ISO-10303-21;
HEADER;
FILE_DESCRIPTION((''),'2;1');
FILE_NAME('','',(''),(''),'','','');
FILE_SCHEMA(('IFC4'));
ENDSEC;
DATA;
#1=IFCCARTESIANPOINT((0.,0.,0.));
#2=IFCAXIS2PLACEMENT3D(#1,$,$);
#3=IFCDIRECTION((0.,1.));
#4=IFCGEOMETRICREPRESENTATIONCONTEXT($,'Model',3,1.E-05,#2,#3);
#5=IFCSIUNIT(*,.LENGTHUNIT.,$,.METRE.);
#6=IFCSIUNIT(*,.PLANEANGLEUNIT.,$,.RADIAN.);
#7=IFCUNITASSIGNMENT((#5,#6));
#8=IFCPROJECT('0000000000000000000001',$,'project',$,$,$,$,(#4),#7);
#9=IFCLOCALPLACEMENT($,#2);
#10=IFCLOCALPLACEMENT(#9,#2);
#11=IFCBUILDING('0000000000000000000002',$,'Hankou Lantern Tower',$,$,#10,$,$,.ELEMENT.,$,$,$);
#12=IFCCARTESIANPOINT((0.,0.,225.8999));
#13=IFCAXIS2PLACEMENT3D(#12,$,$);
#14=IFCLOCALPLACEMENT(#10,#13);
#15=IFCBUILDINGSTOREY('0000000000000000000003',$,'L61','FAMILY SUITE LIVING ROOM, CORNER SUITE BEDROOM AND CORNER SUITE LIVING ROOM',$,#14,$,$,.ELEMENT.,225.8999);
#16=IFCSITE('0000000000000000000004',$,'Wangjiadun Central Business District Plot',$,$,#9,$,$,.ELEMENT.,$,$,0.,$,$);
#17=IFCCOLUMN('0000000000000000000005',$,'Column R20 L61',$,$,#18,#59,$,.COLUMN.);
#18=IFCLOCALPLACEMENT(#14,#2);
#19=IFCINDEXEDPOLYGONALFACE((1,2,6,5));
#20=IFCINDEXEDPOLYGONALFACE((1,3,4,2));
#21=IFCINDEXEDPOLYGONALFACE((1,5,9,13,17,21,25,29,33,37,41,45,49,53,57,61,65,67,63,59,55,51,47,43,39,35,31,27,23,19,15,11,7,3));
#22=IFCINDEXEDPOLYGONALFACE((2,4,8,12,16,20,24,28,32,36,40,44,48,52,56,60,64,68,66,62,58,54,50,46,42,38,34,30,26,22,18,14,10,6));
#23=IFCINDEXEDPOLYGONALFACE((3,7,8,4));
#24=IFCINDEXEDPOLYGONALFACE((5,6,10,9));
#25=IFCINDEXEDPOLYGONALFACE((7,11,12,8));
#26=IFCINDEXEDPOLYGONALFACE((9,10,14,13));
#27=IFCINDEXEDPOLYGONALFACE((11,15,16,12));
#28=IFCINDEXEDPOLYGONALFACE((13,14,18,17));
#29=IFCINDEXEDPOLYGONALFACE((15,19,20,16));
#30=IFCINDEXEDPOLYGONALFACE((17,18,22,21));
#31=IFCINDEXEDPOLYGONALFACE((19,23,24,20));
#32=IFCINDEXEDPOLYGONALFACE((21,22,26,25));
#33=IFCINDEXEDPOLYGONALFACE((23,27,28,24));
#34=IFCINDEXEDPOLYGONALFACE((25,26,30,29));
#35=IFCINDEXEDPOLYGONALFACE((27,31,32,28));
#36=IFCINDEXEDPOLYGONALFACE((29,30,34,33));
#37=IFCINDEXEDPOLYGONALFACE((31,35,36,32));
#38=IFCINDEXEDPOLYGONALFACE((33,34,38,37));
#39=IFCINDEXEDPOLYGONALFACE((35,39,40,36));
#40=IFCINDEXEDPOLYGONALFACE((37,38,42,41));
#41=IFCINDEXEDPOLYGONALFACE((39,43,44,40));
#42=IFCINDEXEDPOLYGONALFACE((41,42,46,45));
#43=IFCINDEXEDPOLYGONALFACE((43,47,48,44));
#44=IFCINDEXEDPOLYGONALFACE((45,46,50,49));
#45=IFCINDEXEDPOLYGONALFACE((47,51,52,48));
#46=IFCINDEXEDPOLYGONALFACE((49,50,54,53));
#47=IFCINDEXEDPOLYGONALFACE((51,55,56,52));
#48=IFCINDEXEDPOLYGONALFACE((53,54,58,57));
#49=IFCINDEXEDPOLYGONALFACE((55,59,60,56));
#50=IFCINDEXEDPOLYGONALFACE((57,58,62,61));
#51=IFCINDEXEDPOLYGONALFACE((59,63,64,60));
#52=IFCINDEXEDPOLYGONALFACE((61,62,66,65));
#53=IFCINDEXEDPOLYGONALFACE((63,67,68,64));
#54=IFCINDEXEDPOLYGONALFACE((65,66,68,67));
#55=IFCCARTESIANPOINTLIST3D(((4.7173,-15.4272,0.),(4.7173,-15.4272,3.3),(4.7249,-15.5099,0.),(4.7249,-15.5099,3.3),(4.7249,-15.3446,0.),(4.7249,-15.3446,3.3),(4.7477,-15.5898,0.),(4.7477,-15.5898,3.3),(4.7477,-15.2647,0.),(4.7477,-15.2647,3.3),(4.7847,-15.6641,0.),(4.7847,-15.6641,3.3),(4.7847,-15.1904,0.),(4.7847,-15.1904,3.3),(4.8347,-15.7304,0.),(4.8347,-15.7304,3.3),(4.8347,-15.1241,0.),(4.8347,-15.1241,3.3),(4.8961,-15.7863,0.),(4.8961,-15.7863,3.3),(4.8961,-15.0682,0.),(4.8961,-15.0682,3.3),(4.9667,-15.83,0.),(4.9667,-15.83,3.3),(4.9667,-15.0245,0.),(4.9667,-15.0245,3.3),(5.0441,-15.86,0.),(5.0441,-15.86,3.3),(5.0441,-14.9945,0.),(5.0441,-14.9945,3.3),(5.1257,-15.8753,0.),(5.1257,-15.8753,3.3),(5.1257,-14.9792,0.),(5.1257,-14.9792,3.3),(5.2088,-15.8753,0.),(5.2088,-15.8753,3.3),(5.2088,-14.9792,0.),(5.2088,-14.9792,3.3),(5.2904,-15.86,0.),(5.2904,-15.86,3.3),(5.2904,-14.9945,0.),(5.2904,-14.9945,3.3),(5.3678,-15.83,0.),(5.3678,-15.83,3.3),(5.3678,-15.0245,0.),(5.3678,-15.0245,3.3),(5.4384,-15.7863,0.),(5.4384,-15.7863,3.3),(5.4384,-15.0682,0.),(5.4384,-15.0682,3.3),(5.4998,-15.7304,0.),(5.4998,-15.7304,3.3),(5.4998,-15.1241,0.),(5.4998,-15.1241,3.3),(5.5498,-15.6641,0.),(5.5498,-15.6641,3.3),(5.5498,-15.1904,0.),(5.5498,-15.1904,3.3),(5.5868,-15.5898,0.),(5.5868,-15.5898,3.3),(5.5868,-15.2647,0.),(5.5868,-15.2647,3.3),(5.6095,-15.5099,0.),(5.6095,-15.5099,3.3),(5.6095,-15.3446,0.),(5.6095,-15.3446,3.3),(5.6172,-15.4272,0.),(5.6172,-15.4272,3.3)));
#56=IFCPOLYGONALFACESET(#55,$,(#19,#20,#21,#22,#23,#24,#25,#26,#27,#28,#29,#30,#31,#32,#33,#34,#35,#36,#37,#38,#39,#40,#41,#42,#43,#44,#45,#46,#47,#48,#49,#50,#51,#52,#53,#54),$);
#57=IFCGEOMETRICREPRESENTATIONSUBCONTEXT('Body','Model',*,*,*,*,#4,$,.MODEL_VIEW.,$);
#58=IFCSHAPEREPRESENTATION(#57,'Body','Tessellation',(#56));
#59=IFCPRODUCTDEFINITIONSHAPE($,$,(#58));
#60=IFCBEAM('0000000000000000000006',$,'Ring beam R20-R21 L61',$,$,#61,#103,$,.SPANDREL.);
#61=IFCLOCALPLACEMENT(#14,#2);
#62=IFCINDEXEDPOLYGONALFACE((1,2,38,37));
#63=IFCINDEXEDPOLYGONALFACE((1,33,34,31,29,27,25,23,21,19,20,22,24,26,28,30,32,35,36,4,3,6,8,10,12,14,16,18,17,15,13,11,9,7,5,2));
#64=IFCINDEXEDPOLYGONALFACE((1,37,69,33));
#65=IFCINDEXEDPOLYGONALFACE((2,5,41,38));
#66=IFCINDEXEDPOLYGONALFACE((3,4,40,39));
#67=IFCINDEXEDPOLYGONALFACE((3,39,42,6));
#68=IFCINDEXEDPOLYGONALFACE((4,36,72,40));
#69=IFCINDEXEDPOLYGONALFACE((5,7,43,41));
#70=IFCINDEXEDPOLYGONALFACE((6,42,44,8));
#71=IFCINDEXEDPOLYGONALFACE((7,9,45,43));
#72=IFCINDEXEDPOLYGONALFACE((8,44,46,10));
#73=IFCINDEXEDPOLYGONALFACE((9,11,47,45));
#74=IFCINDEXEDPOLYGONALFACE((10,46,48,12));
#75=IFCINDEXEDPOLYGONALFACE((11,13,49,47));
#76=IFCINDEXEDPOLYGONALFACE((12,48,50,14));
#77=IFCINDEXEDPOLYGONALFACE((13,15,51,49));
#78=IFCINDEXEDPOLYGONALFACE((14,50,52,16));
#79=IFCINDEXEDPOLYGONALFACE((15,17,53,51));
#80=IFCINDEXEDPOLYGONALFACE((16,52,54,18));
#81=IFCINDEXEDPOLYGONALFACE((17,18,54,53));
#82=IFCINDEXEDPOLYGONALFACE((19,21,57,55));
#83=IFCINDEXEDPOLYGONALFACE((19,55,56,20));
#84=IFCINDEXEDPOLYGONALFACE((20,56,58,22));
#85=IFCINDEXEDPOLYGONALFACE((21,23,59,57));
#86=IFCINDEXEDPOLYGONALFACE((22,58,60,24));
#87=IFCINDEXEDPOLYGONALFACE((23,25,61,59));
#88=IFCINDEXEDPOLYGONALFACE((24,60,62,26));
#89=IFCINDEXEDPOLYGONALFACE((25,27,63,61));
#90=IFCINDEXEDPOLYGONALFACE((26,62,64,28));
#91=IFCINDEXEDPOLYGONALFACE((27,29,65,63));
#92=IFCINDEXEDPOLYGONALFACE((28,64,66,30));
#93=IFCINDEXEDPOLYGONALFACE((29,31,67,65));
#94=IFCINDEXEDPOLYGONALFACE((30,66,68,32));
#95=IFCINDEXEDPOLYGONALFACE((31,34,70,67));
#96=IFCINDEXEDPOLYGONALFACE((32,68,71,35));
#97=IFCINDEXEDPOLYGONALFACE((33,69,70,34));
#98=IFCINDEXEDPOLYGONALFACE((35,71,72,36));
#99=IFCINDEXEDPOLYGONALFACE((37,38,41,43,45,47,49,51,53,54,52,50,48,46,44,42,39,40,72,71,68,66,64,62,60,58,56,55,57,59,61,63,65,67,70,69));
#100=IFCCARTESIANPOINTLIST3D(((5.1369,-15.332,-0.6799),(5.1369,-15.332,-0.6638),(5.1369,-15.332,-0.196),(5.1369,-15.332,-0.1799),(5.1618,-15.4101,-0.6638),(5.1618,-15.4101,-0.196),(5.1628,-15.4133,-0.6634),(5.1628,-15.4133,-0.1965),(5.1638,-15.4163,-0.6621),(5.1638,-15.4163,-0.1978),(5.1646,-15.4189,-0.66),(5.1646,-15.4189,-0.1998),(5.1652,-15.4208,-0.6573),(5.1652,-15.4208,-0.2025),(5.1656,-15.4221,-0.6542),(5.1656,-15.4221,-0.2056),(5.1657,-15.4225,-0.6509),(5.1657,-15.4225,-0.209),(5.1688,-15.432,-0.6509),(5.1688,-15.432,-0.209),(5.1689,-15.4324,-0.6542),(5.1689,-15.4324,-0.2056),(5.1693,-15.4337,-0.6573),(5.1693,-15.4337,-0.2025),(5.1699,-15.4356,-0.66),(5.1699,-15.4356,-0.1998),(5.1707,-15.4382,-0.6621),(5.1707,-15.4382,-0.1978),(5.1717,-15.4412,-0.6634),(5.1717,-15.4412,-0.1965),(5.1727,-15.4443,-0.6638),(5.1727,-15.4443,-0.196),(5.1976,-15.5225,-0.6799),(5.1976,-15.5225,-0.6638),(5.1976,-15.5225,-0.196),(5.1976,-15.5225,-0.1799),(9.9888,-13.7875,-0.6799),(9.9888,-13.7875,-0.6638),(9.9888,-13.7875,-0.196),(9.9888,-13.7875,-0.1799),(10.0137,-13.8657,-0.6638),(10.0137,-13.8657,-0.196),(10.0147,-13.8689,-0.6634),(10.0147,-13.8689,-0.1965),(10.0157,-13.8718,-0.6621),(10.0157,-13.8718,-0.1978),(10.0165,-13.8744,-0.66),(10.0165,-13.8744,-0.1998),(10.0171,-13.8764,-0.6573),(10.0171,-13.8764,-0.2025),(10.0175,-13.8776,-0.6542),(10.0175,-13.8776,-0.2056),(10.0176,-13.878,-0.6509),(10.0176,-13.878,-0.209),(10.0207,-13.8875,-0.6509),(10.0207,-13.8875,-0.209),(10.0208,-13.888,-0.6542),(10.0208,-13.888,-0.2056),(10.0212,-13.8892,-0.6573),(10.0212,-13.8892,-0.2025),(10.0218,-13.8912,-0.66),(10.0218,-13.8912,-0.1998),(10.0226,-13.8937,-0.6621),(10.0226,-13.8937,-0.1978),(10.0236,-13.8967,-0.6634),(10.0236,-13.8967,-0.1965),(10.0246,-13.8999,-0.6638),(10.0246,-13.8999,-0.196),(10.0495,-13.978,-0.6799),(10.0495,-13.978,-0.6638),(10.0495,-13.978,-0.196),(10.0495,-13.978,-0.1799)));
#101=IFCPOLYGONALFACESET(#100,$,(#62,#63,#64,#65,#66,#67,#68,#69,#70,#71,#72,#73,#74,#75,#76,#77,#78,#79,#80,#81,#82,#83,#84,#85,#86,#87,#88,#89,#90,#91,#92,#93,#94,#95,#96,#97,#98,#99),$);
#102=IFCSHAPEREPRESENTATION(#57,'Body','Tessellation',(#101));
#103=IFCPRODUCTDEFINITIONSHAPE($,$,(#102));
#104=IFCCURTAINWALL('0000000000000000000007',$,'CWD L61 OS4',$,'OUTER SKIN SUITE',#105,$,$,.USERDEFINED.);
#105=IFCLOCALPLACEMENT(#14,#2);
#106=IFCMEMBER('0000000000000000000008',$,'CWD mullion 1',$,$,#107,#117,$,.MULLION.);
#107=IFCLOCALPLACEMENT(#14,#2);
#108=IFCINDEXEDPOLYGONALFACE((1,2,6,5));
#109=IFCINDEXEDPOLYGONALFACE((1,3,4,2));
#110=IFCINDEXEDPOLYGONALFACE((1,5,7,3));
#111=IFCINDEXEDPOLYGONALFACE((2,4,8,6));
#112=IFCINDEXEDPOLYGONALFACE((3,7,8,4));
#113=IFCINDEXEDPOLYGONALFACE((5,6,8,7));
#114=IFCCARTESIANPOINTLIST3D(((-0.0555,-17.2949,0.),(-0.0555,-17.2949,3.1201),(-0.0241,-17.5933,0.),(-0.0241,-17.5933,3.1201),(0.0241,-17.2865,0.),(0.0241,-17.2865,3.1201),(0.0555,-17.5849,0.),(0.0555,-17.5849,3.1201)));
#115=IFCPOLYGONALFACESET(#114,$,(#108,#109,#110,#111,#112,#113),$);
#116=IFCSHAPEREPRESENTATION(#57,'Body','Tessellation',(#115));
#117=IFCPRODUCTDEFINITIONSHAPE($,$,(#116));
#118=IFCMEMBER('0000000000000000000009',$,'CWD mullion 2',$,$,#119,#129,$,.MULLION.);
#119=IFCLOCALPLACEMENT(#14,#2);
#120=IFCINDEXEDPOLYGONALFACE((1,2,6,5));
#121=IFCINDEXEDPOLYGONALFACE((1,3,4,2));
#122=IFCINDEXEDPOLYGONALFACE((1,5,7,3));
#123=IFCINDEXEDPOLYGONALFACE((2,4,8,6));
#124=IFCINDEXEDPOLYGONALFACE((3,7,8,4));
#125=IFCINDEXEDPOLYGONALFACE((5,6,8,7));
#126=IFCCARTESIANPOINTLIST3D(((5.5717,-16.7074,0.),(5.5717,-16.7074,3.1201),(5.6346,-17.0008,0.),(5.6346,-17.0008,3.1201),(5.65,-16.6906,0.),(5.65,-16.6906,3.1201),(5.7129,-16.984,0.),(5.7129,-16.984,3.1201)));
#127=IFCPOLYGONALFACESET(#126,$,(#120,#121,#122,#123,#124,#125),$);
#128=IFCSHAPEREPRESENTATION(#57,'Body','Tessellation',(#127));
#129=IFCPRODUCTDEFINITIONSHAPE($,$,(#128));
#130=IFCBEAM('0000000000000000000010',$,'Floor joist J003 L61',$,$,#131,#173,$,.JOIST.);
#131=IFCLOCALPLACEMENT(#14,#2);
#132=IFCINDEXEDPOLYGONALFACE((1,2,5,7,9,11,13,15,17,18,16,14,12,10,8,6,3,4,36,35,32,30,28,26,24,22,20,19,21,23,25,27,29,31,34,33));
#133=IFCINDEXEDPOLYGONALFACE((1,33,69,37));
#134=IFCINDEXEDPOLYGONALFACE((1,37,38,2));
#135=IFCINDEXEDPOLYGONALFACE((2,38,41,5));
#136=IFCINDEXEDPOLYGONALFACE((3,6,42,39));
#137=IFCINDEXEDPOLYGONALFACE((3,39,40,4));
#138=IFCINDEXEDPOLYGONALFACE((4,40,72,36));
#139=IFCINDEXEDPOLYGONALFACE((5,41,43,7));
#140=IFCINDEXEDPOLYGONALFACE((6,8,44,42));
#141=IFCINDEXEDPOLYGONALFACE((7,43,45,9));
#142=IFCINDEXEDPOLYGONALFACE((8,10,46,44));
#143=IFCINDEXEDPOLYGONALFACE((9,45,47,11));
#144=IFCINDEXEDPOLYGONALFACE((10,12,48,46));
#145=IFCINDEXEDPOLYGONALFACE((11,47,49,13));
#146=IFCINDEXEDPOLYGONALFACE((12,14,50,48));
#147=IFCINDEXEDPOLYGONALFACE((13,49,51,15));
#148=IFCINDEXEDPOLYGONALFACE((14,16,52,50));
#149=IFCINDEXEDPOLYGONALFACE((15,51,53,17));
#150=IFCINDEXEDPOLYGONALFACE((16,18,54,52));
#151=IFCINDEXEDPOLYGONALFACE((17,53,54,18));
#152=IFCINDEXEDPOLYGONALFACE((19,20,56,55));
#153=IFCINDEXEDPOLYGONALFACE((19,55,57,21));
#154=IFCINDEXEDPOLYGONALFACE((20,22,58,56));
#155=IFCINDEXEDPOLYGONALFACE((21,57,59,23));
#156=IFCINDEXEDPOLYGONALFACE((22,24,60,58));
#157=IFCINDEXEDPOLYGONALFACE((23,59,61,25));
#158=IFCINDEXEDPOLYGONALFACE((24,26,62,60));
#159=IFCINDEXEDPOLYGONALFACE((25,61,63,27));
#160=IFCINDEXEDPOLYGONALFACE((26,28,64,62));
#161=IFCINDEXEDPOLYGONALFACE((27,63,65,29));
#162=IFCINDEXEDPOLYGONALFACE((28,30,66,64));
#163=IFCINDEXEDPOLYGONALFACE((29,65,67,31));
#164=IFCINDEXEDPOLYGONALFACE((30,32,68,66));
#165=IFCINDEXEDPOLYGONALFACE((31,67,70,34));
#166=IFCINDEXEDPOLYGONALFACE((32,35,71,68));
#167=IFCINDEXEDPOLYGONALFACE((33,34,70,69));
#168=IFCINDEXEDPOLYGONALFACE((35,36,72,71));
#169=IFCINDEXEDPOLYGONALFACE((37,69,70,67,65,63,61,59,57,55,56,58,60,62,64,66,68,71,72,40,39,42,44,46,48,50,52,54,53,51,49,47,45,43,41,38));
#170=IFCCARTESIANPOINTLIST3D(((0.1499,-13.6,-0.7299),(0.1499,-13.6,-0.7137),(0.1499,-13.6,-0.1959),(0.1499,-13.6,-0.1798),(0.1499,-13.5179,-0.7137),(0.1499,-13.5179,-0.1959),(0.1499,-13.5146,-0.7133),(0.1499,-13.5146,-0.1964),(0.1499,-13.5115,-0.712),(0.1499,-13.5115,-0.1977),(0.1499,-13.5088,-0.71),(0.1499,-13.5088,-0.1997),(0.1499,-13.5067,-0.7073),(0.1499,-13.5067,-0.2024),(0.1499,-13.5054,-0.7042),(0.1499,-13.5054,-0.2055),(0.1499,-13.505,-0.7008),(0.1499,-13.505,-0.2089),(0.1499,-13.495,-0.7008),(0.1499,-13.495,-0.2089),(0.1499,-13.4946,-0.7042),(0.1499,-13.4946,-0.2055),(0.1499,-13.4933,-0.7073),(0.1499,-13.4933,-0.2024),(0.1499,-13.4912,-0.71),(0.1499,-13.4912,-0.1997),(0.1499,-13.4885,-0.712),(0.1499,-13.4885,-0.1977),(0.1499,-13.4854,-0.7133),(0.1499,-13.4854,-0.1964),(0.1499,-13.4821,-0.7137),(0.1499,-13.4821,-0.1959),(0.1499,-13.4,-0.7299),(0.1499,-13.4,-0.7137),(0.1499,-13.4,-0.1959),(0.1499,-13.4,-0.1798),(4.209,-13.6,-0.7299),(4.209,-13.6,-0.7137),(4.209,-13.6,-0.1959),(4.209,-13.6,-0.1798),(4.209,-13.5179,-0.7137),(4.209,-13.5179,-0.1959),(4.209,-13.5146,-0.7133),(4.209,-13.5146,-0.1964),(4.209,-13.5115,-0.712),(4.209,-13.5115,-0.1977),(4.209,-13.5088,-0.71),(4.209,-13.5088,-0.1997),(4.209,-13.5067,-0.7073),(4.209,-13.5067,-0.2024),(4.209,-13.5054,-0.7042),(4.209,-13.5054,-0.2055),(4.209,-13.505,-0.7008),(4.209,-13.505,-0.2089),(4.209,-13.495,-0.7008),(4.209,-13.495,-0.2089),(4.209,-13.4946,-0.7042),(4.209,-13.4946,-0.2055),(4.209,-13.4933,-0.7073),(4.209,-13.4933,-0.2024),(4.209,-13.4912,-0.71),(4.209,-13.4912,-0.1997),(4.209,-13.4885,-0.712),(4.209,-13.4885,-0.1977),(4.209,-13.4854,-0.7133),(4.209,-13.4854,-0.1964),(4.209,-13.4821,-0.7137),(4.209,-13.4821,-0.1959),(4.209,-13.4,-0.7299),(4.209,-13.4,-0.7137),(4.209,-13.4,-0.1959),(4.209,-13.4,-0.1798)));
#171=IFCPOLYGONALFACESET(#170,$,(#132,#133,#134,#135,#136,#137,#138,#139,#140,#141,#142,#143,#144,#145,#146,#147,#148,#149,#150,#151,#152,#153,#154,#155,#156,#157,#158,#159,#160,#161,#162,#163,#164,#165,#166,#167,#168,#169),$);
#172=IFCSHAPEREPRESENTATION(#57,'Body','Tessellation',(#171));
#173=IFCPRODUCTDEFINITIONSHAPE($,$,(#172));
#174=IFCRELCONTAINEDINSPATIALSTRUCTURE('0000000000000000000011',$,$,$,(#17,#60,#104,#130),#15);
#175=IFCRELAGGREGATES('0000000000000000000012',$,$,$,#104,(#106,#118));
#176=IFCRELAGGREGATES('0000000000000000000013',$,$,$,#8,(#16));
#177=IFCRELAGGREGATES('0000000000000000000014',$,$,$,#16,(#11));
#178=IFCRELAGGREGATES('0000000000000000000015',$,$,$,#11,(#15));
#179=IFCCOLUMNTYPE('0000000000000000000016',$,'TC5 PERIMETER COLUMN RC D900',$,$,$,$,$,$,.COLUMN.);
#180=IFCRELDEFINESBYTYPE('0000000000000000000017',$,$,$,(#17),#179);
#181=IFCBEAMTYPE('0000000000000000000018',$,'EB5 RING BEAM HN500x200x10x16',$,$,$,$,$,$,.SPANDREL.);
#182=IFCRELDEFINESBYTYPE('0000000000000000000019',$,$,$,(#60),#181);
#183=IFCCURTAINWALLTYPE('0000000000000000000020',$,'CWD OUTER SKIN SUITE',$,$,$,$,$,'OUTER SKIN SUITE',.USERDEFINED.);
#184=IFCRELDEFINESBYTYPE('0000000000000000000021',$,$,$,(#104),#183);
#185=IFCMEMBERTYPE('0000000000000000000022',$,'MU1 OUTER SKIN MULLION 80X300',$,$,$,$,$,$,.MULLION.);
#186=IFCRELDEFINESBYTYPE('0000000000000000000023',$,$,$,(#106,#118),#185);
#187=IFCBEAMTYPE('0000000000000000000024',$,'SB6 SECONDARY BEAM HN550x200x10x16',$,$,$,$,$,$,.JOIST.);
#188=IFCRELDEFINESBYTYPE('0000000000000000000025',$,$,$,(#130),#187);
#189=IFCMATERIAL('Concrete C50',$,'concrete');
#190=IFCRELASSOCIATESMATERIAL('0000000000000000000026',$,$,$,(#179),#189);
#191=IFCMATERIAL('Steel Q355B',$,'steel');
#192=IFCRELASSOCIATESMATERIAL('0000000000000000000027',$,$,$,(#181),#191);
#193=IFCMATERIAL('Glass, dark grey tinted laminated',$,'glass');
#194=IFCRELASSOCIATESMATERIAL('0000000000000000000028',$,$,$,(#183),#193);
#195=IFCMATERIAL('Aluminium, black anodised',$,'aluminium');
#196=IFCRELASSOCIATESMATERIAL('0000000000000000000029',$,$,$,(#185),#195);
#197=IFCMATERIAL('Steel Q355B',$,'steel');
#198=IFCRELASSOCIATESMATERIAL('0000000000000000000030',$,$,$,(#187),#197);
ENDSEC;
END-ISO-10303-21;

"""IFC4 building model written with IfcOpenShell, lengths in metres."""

from ifc_helpers import new_model, si_unit, direction, frame, origin, origin_2d, place, context, subcontext, project, spatial, rectangle, circle, i_section, extrude, material, material_profile, profile_set, type_object, element, aggregate, save


model = new_model("IFC4")

# Units and contexts
model_context = context("Model", 3, precision=1e-05, world=origin(), true_north=direction((0.0, 1.0)))
body_context = subcontext(model_context, "Body", "Model", "MODEL_VIEW")
ifc_project = project(units=[si_unit("LENGTHUNIT", "METRE"), si_unit("PLANEANGLEUNIT", "RADIAN")], contexts=[model_context])

# Site, building, storey
site_placement = place(None, origin())
site = spatial("IfcSite", under=ifc_project, at=site_placement, Name="Wangjiadun Central Business District Plot", CompositionType="ELEMENT", RefElevation=0.0)
building_placement = place(site_placement, origin())
building = spatial("IfcBuilding", under=site, at=building_placement, Name="Hankou Lantern Tower", CompositionType="ELEMENT")
storey_placement = place(building_placement, frame((0.0, 0.0, 225.8999)))
storey = spatial("IfcBuildingStorey", under=building, at=storey_placement, Name="L61", Description="FAMILY SUITE LIVING ROOM, CORNER SUITE BEDROOM AND CORNER SUITE LIVING ROOM", CompositionType="ELEMENT", Elevation=225.8999)

# Column
ifc_material_1 = material(Name="Concrete C50", Category="concrete")
ifc_material_profile_1 = material_profile(ifc_material_1, circle(Radius=0.45, at=origin_2d()), Name="RC D900")
ifc_profile_set_1 = profile_set([ifc_material_profile_1], Name="Concrete C50")
column_type = type_object("IfcColumnType", Name="TC5 PERIMETER COLUMN RC D900", PredefinedType="COLUMN", material=ifc_profile_set_1)
column_placement = place(storey_placement, frame((5.1672, -15.4272, 0.0), z_axis=(0.0, 0.0, 1.0), x_axis=(1.0, 0.0, 0.0)))
element("IfcColumn", 1, at=column_placement, inside=storey, type_object=column_type, Name="Column R20 L61", PredefinedType="COLUMN", context=body_context, shape_type="SweptSolid", body=[
    extrude(circle(Radius=0.45, at=origin_2d()), origin(), (0.0, 0.0, 1.0), 3.3),
])

# Beam
ifc_material_2 = material(Name="Steel Q355B", Category="steel")
ifc_material_profile_2 = material_profile(ifc_material_2, i_section(OverallWidth=0.2, OverallDepth=0.5, WebThickness=0.01, FlangeThickness=0.0161, FilletRadius=0.0129, at=origin_2d()), Name="HN500x200x10x16")
ifc_profile_set_2 = profile_set([ifc_material_profile_2], Name="Steel Q355B")
beam_type_1 = type_object("IfcBeamType", Name="EB5 RING BEAM HN500x200x10x16", PredefinedType="SPANDREL", material=ifc_profile_set_2)
beam_1_placement = place(storey_placement, frame((5.1672, -15.4272, -0.4299), z_axis=(0.952887, 0.303324, 0.0), x_axis=(-0.303324, 0.952887, 0.0)))
element("IfcBeam", 2, at=beam_1_placement, inside=storey, type_object=beam_type_1, Name="Ring beam R20-R21 L61", PredefinedType="SPANDREL", context=body_context, shape_type="SweptSolid", body=[
    extrude(i_section(OverallWidth=0.2, OverallDepth=0.5, WebThickness=0.01, FlangeThickness=0.0161, FilletRadius=0.0129, at=origin_2d()), origin(), (0.0, 0.0, 1.0), 5.0918),
])

# Curtain wall, members
ifc_material_3 = material(Name="Glass, dark grey tinted laminated", Category="glass")
curtain_wall_type = type_object("IfcCurtainWallType", Name="CWD OUTER SKIN SUITE", ElementType="OUTER SKIN SUITE", PredefinedType="USERDEFINED", material=ifc_material_3)
curtain_wall_placement = place(storey_placement, origin())
curtain_wall = element("IfcCurtainWall", 3, at=curtain_wall_placement, inside=storey, type_object=curtain_wall_type, Name="CWD L61 OS4", ObjectType="OUTER SKIN SUITE", PredefinedType="USERDEFINED")
ifc_material_4 = material(Name="Aluminium, black anodised", Category="aluminium")
ifc_material_profile_3 = material_profile(ifc_material_4, rectangle(XDim=0.0801, YDim=0.3, at=origin_2d()), Name="MU1 80X300")
ifc_profile_set_3 = profile_set([ifc_material_profile_3], Name="Aluminium, black anodised")
member_type_1 = type_object("IfcMemberType", Name="MU1 OUTER SKIN MULLION 80X300", PredefinedType="MULLION", material=ifc_profile_set_3)
member_1_placement = place(storey_placement, frame((0.0, -17.4399, 0.0), z_axis=(0.0, 0.0, 1.0), x_axis=(0.994499, 0.104743, 0.0)))
member_1 = element("IfcMember", 4, at=member_1_placement, type_object=member_type_1, Name="CWD mullion 1", PredefinedType="MULLION", context=body_context, shape_type="SweptSolid", body=[
    extrude(rectangle(XDim=0.0801, YDim=0.3, at=origin_2d()), origin(), (0.0, 0.0, 1.0), 3.1201),
])
member_2_placement = place(storey_placement, frame((5.6423, -16.8457, 0.0), z_axis=(0.0, 0.0, 1.0), x_axis=(0.977788, 0.209598, 0.0)))
member_2 = element("IfcMember", 5, at=member_2_placement, type_object=member_type_1, Name="CWD mullion 2", PredefinedType="MULLION", context=body_context, shape_type="SweptSolid", body=[
    extrude(rectangle(XDim=0.0801, YDim=0.3, at=origin_2d()), origin(), (0.0, 0.0, 1.0), 3.1201),
])

# Beam
ifc_material_5 = material(Name="Steel Q355B", Category="steel")
ifc_material_profile_4 = material_profile(ifc_material_5, i_section(OverallWidth=0.2, OverallDepth=0.55, WebThickness=0.01, FlangeThickness=0.0161, FilletRadius=0.0129, at=origin_2d()), Name="HN550x200x10x16")
ifc_profile_set_4 = profile_set([ifc_material_profile_4], Name="Steel Q355B")
beam_type_2 = type_object("IfcBeamType", Name="SB6 SECONDARY BEAM HN550x200x10x16", PredefinedType="JOIST", material=ifc_profile_set_4)
beam_2_placement = place(storey_placement, frame((0.1499, -13.5, -0.4548), z_axis=(1.0, 0.0, 0.0), x_axis=(0.0, 1.0, 0.0)))
element("IfcBeam", 6, at=beam_2_placement, inside=storey, type_object=beam_type_2, Name="Floor joist J003 L61", PredefinedType="JOIST", context=body_context, shape_type="SweptSolid", body=[
    extrude(i_section(OverallWidth=0.2, OverallDepth=0.55, WebThickness=0.01, FlangeThickness=0.0161, FilletRadius=0.0129, at=origin_2d()), origin(), (0.0, 0.0, 1.0), 4.0591),
])

aggregate(curtain_wall, [member_1, member_2])

save(model, "model.ifc")
